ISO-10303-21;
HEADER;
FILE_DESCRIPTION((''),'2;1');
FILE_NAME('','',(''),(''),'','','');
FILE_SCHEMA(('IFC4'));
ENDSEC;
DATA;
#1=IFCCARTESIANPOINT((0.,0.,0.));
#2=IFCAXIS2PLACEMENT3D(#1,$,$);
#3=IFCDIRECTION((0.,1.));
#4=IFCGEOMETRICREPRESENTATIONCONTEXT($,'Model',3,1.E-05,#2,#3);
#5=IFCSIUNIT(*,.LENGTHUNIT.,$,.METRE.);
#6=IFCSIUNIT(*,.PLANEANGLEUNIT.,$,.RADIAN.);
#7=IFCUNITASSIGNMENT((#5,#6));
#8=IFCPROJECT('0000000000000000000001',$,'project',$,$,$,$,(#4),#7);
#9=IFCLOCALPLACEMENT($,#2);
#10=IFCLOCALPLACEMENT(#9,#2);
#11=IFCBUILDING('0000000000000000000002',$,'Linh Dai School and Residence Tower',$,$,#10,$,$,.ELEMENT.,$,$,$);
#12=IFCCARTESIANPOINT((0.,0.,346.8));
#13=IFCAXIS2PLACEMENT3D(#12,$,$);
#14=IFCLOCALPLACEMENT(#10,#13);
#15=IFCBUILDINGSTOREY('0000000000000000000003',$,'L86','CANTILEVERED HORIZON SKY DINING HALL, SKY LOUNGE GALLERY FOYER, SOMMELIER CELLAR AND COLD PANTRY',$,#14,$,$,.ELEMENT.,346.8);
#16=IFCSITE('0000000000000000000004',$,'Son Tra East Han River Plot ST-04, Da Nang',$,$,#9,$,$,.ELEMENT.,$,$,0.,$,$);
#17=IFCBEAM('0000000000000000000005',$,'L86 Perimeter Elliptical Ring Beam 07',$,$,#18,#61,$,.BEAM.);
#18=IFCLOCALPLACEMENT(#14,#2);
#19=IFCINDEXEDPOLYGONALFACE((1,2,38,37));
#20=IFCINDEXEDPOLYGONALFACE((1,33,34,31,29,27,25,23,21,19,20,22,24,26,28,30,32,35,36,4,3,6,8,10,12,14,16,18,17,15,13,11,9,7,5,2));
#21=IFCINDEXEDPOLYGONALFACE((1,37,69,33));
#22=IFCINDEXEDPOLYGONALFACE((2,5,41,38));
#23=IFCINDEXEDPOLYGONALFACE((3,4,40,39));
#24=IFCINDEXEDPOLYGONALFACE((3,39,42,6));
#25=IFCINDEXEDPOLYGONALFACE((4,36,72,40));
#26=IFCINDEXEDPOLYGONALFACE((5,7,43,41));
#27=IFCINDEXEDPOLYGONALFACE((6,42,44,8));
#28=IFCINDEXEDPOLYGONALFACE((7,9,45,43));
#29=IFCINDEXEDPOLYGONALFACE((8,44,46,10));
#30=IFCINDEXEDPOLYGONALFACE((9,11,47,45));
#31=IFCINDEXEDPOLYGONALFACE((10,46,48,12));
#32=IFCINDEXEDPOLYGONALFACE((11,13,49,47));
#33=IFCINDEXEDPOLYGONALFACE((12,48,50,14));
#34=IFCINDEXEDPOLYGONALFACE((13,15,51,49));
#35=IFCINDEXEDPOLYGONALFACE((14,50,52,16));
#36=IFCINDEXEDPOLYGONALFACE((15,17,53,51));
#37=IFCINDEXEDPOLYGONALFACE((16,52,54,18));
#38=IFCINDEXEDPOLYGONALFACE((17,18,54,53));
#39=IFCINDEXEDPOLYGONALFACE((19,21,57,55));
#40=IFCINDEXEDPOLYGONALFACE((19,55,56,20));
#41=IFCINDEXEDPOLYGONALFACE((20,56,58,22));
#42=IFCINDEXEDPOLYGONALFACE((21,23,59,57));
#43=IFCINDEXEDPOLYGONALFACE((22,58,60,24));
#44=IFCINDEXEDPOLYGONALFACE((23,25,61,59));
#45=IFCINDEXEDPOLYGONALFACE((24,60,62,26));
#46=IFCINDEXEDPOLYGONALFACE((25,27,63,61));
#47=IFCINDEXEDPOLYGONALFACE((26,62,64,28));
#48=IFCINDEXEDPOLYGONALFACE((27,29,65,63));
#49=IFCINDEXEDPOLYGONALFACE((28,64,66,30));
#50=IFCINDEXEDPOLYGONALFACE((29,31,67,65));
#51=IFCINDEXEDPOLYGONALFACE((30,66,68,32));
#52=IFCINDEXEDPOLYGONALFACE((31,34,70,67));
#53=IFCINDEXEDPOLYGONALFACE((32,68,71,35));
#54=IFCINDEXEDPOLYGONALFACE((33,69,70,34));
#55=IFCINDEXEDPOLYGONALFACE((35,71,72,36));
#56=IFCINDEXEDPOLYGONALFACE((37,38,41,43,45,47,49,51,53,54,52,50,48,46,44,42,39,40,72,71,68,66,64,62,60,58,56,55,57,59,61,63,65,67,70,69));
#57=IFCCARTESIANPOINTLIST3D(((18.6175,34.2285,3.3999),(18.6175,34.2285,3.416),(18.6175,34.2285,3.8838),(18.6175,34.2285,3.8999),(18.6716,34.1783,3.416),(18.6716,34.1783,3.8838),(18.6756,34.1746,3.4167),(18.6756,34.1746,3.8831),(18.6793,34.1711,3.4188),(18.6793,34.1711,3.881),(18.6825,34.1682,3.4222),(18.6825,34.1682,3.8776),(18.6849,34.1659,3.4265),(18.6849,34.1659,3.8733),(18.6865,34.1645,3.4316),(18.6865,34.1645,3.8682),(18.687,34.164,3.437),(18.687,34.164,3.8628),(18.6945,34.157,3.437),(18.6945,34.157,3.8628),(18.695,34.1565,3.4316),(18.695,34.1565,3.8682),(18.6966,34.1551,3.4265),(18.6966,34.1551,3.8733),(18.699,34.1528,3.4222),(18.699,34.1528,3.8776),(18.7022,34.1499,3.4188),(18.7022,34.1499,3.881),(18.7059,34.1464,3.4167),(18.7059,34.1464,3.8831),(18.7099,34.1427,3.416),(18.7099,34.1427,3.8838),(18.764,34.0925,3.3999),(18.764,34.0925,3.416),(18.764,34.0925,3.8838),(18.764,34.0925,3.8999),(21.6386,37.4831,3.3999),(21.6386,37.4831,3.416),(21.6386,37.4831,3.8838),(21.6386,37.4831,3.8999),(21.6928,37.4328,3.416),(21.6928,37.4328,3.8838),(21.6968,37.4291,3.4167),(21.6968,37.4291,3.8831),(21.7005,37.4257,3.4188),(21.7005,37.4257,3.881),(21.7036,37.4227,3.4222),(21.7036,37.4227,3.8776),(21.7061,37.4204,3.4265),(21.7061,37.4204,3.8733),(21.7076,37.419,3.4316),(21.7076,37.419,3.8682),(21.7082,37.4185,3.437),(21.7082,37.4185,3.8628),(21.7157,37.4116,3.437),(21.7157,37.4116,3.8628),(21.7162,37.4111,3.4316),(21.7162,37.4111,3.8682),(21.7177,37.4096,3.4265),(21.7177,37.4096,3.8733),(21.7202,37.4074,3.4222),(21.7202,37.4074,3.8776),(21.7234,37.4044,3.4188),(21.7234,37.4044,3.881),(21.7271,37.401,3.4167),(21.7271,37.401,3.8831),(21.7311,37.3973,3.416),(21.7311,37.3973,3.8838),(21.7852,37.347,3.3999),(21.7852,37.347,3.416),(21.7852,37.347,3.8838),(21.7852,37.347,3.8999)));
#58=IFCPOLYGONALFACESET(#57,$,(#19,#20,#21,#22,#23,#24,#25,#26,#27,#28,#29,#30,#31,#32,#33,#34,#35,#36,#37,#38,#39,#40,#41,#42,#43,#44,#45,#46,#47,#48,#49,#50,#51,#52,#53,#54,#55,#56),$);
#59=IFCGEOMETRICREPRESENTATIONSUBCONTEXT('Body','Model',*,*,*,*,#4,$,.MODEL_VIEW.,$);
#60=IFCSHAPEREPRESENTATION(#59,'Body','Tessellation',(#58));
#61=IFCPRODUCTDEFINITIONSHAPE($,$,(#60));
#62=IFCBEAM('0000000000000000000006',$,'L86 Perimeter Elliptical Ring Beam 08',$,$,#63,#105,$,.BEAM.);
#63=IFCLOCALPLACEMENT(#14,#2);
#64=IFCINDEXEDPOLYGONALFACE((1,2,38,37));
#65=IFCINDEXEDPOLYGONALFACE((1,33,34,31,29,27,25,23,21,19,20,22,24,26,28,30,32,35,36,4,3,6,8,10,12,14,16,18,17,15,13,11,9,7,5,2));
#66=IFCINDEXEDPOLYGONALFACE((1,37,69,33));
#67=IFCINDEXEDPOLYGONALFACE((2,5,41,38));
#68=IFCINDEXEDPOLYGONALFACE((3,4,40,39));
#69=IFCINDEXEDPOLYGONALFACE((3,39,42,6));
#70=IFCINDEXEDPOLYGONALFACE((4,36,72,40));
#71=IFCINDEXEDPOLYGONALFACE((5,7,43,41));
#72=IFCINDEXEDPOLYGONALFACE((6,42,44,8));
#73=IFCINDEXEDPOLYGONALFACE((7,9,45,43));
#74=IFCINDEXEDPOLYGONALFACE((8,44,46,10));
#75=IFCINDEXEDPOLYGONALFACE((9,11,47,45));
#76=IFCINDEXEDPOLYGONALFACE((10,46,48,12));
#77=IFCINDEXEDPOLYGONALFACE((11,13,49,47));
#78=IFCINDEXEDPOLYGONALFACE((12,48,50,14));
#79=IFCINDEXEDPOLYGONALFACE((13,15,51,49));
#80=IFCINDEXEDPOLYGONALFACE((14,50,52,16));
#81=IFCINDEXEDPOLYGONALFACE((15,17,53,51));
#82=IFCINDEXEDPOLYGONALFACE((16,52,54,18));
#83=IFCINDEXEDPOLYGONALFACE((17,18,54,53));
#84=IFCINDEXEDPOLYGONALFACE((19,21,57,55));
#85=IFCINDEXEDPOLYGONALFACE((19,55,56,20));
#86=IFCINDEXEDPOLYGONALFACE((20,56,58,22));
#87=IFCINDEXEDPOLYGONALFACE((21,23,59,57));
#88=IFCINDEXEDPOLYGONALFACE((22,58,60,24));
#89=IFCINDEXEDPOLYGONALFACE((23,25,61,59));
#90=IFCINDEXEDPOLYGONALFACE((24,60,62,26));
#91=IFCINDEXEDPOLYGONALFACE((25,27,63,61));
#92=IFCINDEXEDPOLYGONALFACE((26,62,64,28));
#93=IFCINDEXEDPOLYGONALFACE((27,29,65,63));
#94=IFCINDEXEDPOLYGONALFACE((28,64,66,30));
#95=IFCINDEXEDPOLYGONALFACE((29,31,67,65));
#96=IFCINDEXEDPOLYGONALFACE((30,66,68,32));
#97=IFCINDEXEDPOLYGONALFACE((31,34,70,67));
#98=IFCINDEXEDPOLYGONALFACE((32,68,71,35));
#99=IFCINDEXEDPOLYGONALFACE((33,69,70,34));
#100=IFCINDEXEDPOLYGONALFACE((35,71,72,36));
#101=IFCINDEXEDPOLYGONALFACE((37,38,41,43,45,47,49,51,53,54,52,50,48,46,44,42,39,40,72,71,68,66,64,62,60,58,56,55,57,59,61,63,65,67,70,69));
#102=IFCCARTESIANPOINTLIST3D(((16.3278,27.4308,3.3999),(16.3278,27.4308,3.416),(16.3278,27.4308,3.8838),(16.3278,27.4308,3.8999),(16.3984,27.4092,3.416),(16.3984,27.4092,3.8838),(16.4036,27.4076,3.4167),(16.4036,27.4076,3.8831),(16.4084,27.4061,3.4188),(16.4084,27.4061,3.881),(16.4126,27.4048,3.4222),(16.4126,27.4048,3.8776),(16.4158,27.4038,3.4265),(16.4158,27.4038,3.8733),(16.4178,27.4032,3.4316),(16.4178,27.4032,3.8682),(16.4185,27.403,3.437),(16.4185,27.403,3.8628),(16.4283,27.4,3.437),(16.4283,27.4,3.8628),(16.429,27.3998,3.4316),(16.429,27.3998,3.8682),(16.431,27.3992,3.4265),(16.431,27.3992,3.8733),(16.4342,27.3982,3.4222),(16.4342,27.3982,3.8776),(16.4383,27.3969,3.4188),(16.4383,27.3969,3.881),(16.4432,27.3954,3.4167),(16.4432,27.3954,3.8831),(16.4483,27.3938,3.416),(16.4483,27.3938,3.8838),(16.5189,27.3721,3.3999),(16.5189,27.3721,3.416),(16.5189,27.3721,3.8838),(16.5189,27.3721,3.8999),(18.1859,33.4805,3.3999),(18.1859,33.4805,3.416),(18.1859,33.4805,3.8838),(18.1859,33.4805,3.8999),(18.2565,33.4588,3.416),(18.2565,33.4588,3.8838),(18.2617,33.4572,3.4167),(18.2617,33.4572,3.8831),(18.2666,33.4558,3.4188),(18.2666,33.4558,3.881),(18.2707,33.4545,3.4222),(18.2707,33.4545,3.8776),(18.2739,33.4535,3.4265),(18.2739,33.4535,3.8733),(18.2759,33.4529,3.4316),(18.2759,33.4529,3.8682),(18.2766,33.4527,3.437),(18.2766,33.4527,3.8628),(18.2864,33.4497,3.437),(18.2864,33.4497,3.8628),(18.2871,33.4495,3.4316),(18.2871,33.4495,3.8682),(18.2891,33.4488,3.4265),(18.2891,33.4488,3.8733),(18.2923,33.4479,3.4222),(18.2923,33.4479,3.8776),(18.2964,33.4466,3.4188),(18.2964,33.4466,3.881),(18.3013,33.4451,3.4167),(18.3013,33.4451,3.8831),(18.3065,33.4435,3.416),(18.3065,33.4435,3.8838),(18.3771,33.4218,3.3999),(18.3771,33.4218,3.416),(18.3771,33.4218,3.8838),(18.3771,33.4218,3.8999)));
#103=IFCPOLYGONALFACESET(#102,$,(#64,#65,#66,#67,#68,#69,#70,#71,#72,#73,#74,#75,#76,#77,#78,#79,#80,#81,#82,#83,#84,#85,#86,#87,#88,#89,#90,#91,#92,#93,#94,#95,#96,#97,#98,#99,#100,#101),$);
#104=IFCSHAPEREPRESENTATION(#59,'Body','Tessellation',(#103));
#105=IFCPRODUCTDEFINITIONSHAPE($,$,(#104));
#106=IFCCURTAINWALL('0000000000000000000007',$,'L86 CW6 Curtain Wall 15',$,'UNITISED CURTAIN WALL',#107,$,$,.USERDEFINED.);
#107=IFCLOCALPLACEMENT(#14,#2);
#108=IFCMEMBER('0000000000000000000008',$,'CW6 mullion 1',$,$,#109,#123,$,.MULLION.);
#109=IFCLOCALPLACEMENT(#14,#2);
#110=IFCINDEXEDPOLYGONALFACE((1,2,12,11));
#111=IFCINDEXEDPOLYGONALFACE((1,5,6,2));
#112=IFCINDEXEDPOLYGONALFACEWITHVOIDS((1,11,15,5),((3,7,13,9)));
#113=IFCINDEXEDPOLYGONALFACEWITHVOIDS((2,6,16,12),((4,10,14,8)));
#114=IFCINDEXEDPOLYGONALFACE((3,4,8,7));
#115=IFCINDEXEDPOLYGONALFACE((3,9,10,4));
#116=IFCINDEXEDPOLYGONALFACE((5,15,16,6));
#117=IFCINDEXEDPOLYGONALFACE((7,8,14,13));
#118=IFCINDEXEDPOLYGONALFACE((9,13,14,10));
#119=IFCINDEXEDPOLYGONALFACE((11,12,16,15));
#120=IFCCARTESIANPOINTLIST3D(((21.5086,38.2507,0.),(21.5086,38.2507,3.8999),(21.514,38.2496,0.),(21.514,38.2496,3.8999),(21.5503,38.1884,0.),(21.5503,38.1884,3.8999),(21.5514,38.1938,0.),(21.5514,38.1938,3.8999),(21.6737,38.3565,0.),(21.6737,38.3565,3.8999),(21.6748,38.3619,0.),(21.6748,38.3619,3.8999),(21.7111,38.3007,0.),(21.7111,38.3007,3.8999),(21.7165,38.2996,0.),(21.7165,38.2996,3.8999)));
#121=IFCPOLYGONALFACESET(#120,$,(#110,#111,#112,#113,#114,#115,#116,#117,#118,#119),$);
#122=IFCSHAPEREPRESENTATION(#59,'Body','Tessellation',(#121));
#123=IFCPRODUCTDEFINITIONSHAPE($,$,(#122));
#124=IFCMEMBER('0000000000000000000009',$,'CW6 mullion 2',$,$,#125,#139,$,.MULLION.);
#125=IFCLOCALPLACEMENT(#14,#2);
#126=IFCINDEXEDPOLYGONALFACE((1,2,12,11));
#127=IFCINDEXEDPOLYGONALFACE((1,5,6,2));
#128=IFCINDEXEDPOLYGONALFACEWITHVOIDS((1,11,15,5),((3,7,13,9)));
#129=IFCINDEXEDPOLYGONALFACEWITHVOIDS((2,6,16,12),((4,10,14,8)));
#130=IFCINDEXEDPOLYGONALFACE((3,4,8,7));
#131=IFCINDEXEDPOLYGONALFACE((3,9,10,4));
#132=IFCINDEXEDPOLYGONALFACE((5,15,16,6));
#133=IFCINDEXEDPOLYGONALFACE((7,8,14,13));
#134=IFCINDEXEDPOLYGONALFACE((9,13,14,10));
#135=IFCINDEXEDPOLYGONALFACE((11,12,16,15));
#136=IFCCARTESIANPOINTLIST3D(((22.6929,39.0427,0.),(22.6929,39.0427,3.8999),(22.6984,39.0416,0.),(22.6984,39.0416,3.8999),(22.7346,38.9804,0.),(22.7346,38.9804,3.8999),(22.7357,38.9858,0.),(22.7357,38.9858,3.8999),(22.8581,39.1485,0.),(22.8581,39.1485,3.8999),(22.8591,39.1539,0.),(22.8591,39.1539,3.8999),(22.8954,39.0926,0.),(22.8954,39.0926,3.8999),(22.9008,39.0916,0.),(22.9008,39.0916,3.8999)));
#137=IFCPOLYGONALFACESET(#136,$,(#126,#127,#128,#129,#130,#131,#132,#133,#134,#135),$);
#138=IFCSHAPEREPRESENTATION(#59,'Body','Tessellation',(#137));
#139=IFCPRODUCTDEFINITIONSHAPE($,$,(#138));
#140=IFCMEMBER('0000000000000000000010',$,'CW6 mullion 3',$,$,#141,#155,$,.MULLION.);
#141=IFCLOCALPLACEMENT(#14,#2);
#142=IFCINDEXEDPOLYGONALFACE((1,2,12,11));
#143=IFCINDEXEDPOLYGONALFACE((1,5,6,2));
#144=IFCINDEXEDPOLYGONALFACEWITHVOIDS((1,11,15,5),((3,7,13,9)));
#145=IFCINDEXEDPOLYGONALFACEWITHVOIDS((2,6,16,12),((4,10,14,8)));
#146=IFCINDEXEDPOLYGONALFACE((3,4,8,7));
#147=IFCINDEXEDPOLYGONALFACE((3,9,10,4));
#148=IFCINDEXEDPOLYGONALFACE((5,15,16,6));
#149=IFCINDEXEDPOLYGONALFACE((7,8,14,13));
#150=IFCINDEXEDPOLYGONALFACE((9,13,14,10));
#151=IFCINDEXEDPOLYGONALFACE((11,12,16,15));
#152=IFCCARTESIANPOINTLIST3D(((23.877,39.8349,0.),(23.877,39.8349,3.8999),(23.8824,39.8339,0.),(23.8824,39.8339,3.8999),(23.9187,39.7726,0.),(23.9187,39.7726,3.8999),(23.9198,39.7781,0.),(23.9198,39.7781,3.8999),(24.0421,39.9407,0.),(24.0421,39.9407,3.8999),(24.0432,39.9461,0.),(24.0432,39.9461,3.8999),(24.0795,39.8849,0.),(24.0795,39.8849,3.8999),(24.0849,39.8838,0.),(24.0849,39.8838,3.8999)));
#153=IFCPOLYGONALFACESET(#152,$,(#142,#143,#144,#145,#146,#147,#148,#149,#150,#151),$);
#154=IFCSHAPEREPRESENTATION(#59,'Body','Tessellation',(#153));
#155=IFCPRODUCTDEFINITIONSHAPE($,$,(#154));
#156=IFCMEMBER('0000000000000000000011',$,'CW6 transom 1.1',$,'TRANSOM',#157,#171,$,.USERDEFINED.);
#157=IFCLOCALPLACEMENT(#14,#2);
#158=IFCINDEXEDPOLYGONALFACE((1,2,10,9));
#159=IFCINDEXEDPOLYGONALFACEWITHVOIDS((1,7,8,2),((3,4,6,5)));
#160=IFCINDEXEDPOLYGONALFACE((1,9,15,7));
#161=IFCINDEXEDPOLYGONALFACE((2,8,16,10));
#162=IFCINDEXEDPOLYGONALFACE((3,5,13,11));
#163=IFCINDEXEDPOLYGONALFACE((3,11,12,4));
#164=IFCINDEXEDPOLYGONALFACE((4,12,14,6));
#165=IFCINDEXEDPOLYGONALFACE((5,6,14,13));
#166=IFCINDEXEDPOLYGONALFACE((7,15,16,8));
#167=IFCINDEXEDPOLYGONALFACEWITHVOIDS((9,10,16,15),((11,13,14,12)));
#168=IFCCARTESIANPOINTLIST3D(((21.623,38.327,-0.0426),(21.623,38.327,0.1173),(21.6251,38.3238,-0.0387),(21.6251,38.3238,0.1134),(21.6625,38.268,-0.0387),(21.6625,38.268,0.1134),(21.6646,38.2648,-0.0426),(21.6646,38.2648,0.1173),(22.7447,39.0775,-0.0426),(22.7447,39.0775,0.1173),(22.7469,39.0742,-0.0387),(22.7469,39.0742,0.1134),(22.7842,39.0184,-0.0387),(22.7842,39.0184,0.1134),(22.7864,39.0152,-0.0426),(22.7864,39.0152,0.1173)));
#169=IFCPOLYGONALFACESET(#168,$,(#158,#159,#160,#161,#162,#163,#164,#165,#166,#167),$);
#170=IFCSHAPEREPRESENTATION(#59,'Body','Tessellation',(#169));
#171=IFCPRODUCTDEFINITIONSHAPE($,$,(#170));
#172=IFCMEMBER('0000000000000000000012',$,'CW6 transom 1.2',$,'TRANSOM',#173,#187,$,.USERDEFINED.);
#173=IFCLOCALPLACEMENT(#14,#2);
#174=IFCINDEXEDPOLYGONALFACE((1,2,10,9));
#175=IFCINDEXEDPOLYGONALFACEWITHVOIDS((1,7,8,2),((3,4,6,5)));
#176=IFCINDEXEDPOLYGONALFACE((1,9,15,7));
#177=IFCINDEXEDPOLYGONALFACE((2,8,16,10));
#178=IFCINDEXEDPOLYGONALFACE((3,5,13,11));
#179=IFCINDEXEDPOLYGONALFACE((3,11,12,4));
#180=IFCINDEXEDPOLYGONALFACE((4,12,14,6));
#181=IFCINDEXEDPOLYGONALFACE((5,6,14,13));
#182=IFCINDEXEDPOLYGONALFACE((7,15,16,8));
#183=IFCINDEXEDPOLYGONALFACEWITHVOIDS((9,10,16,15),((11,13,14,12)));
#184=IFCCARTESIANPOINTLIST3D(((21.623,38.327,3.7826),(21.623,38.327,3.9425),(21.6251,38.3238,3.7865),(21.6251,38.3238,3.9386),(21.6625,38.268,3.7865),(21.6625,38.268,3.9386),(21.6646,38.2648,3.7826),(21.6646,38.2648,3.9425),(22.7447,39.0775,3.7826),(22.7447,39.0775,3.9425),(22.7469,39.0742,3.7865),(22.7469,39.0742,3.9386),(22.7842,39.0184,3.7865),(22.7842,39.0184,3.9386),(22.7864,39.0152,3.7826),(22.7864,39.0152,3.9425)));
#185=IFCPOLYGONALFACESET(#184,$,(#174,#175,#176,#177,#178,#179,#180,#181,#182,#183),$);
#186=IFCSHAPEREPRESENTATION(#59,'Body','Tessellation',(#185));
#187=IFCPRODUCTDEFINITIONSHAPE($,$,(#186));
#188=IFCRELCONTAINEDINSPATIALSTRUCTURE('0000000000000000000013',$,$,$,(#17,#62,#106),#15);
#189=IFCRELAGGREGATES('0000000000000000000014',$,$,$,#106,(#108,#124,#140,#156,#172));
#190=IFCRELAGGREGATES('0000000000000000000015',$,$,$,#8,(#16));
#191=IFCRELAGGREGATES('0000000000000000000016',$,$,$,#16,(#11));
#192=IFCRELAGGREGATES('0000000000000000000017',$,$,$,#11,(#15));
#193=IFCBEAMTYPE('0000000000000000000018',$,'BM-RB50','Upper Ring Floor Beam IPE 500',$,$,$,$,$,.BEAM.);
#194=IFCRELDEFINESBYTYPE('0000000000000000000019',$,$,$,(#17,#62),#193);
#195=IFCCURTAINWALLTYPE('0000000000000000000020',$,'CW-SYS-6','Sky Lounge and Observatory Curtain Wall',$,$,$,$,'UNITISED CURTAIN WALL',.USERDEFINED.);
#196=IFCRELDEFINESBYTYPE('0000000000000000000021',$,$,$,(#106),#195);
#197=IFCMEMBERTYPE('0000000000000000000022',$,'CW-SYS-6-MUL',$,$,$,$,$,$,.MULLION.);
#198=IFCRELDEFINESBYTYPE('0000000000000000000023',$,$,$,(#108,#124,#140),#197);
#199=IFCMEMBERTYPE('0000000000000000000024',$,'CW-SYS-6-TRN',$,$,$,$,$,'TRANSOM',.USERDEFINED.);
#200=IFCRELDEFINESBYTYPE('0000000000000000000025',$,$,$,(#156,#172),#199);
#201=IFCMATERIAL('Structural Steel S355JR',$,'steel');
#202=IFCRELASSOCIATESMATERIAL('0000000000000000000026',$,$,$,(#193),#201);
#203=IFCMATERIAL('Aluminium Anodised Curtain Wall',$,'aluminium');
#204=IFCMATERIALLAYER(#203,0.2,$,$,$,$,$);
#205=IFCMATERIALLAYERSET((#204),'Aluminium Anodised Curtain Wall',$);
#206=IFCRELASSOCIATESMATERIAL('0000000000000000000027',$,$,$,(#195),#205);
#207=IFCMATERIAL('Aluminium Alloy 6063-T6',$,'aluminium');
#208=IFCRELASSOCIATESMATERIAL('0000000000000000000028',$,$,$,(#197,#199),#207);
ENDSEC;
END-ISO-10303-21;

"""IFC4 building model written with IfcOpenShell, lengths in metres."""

from ifc_helpers import new_model, si_unit, direction, frame, origin, origin_2d, place, context, subcontext, project, spatial, hollow_rectangle, i_section, extrude, source, transform, mapped, material, layer, layer_set, material_profile, profile_set, type_object, element, aggregate, save


model = new_model("IFC4")

# Units and contexts
model_context = context("Model", 3, precision=1e-05, world=origin(), true_north=direction((0.0, 1.0)))
body_context = subcontext(model_context, "Body", "Model", "MODEL_VIEW")
ifc_project = project(units=[si_unit("LENGTHUNIT", "METRE"), si_unit("PLANEANGLEUNIT", "RADIAN")], contexts=[model_context])

# Site, building, storey
site_placement = place(None, origin())
site = spatial("IfcSite", under=ifc_project, at=site_placement, Name="Son Tra East Han River Plot ST-04, Da Nang", CompositionType="ELEMENT", RefElevation=0.0)
building_placement = place(site_placement, origin())
building = spatial("IfcBuilding", under=site, at=building_placement, Name="Linh Dai School and Residence Tower", CompositionType="ELEMENT")
storey_placement = place(building_placement, frame((0.0, 0.0, 346.8)))
storey = spatial("IfcBuildingStorey", under=building, at=storey_placement, Name="L86", Description="CANTILEVERED HORIZON SKY DINING HALL, SKY LOUNGE GALLERY FOYER, SOMMELIER CELLAR AND COLD PANTRY", CompositionType="ELEMENT", Elevation=346.8)

# Shared definitions
ifc_material_1 = material(Name="Structural Steel S355JR", Category="steel")

# Beams
ifc_material_profile_1 = material_profile(ifc_material_1, i_section(OverallWidth=0.2, OverallDepth=0.5, WebThickness=0.0103, FlangeThickness=0.0161, FilletRadius=0.021, at=origin_2d()), Name="IPE 500")
ifc_profile_set_1 = profile_set([ifc_material_profile_1], Name="Structural Steel S355JR")
beam_type_1 = type_object("IfcBeamType", Name="BM-RB50", Description="Upper Ring Floor Beam IPE 500", PredefinedType="BEAM", material=ifc_profile_set_1)
beam_1_placement = place(storey_placement, frame((21.7119, 37.415, 3.6499), z_axis=(-0.680339, -0.732897, 0.0), x_axis=(0.732897, -0.680339, 0.0)))
element("IfcBeam", 1, at=beam_1_placement, inside=storey, type_object=beam_type_1, Name="L86 Perimeter Elliptical Ring Beam 07", PredefinedType="BEAM", context=body_context, shape_type="SweptSolid", body=[
    extrude(i_section(OverallWidth=0.2, OverallDepth=0.5, WebThickness=0.0103, FlangeThickness=0.0161, FilletRadius=0.021, at=origin_2d()), origin(), (0.0, 0.0, 1.0), 4.4407),
])
beam_2_placement = place(storey_placement, frame((18.2815, 33.4512, 3.6499), z_axis=(-0.293606, -0.955927, 0.0), x_axis=(0.955927, -0.293606, 0.0)))
element("IfcBeam", 2, at=beam_2_placement, inside=storey, type_object=beam_type_1, Name="L86 Perimeter Elliptical Ring Beam 08", PredefinedType="BEAM", context=body_context, shape_type="SweptSolid", body=[
    extrude(i_section(OverallWidth=0.2, OverallDepth=0.5, WebThickness=0.0103, FlangeThickness=0.0161, FilletRadius=0.021, at=origin_2d()), origin(), (0.0, 0.0, 1.0), 6.3286),
])

# Curtain wall, members
ifc_material_2 = material(Name="Aluminium Anodised Curtain Wall", Category="aluminium")
ifc_layer_1 = layer(ifc_material_2, 0.2)
ifc_layer_set_1 = layer_set([ifc_layer_1], Name="Aluminium Anodised Curtain Wall")
curtain_wall_type = type_object("IfcCurtainWallType", Name="CW-SYS-6", Description="Sky Lounge and Observatory Curtain Wall", ElementType="UNITISED CURTAIN WALL", PredefinedType="USERDEFINED", material=ifc_layer_set_1)
curtain_wall_placement = place(storey_placement, origin())
curtain_wall = element("IfcCurtainWall", 3, at=curtain_wall_placement, inside=storey, type_object=curtain_wall_type, Name="L86 CW6 Curtain Wall 15", ObjectType="UNITISED CURTAIN WALL", PredefinedType="USERDEFINED")
ifc_material_3 = material(Name="Aluminium Alloy 6063-T6", Category="aluminium")
ifc_material_profile_2 = material_profile(ifc_material_3, hollow_rectangle(XDim=0.075, YDim=0.2, WallThickness=0.0039, at=origin_2d()), Name="RHS 200x75x4")
ifc_profile_set_2 = profile_set([ifc_material_profile_2], Name="Aluminium Alloy 6063-T6")
member_type_1 = type_object("IfcMemberType", Name="CW-SYS-6-MUL", PredefinedType="MULLION", material=ifc_profile_set_2)
shared_shape_1 = source(origin(), body_context, "Body", "SweptSolid", [
    extrude(hollow_rectangle(XDim=0.075, YDim=0.2, WallThickness=0.0039, at=origin_2d()), origin(), (0.0, 0.0, 1.0), 3.8999),
])
member_1_placement = place(storey_placement, frame((21.6125, 38.2751, 0.0), z_axis=(0.0, 0.0, 1.0), x_axis=(-0.555971, 0.831202, 0.0)))
member_1 = element("IfcMember", 4, at=member_1_placement, type_object=member_type_1, Name="CW6 mullion 1", PredefinedType="MULLION", context=body_context, shape_type="MappedRepresentation", body=[
    mapped(shared_shape_1, transform((0.0, 0.0, 0.0), x_axis=(1.0, 0.0, 0.0), y_axis=(0.0, 1.0, 0.0), z_axis=(0.0, 0.0, 1.0), scale=1.0)),
])
member_2_placement = place(storey_placement, frame((22.7969, 39.0671, 0.0), z_axis=(0.0, 0.0, 1.0), x_axis=(-0.555971, 0.831202, 0.0)))
member_2 = element("IfcMember", 5, at=member_2_placement, type_object=member_type_1, Name="CW6 mullion 2", PredefinedType="MULLION", context=body_context, shape_type="MappedRepresentation", body=[
    mapped(shared_shape_1, transform((0.0, 0.0, 0.0), x_axis=(1.0, 0.0, 0.0), y_axis=(0.0, 1.0, 0.0), z_axis=(0.0, 0.0, 1.0), scale=1.0)),
])
member_3_placement = place(storey_placement, frame((23.981, 39.8594, 0.0), z_axis=(0.0, 0.0, 1.0), x_axis=(-0.555971, 0.831202, 0.0)))
member_3 = element("IfcMember", 6, at=member_3_placement, type_object=member_type_1, Name="CW6 mullion 3", PredefinedType="MULLION", context=body_context, shape_type="MappedRepresentation", body=[
    mapped(shared_shape_1, transform((0.0, 0.0, 0.0), x_axis=(1.0, 0.0, 0.0), y_axis=(0.0, 1.0, 0.0), z_axis=(0.0, 0.0, 1.0), scale=1.0)),
])
ifc_material_profile_3 = material_profile(ifc_material_3, hollow_rectangle(XDim=0.075, YDim=0.1599, WallThickness=0.0039, at=origin_2d()), Name="RHS 160x75x4")
ifc_profile_set_3 = profile_set([ifc_material_profile_3], Name="Aluminium Alloy 6063-T6")
member_type_2 = type_object("IfcMemberType", Name="CW-SYS-6-TRN", ElementType="TRANSOM", PredefinedType="USERDEFINED", material=ifc_profile_set_3)
shared_shape_2 = source(origin(), body_context, "Body", "SweptSolid", [
    extrude(hollow_rectangle(XDim=0.075, YDim=0.1599, WallThickness=0.0039, at=origin_2d()), origin(), (0.0, 0.0, 1.0), 1.3496),
])
member_4_placement = place(storey_placement, frame((21.6438, 38.2959, 0.0374), z_axis=(0.831159, 0.556035, 0.0), x_axis=(-0.556035, 0.831159, 0.0)))
member_4 = element("IfcMember", 7, at=member_4_placement, type_object=member_type_2, Name="CW6 transom 1.1", ObjectType="TRANSOM", PredefinedType="USERDEFINED", context=body_context, shape_type="MappedRepresentation", body=[
    mapped(shared_shape_2, transform((0.0, 0.0, 0.0), x_axis=(1.0, 0.0, 0.0), y_axis=(0.0, 1.0, 0.0), z_axis=(0.0, 0.0, 1.0), scale=1.0)),
])
member_5_placement = place(storey_placement, frame((21.6438, 38.2959, 3.8625), z_axis=(0.831159, 0.556035, 0.0), x_axis=(-0.556035, 0.831159, 0.0)))
member_5 = element("IfcMember", 8, at=member_5_placement, type_object=member_type_2, Name="CW6 transom 1.2", ObjectType="TRANSOM", PredefinedType="USERDEFINED", context=body_context, shape_type="MappedRepresentation", body=[
    mapped(shared_shape_2, transform((0.0, 0.0, 0.0), x_axis=(1.0, 0.0, 0.0), y_axis=(0.0, 1.0, 0.0), z_axis=(0.0, 0.0, 1.0), scale=1.0)),
])

aggregate(curtain_wall, [member_1, member_2, member_3, member_4, member_5])

save(model, "model.ifc")
